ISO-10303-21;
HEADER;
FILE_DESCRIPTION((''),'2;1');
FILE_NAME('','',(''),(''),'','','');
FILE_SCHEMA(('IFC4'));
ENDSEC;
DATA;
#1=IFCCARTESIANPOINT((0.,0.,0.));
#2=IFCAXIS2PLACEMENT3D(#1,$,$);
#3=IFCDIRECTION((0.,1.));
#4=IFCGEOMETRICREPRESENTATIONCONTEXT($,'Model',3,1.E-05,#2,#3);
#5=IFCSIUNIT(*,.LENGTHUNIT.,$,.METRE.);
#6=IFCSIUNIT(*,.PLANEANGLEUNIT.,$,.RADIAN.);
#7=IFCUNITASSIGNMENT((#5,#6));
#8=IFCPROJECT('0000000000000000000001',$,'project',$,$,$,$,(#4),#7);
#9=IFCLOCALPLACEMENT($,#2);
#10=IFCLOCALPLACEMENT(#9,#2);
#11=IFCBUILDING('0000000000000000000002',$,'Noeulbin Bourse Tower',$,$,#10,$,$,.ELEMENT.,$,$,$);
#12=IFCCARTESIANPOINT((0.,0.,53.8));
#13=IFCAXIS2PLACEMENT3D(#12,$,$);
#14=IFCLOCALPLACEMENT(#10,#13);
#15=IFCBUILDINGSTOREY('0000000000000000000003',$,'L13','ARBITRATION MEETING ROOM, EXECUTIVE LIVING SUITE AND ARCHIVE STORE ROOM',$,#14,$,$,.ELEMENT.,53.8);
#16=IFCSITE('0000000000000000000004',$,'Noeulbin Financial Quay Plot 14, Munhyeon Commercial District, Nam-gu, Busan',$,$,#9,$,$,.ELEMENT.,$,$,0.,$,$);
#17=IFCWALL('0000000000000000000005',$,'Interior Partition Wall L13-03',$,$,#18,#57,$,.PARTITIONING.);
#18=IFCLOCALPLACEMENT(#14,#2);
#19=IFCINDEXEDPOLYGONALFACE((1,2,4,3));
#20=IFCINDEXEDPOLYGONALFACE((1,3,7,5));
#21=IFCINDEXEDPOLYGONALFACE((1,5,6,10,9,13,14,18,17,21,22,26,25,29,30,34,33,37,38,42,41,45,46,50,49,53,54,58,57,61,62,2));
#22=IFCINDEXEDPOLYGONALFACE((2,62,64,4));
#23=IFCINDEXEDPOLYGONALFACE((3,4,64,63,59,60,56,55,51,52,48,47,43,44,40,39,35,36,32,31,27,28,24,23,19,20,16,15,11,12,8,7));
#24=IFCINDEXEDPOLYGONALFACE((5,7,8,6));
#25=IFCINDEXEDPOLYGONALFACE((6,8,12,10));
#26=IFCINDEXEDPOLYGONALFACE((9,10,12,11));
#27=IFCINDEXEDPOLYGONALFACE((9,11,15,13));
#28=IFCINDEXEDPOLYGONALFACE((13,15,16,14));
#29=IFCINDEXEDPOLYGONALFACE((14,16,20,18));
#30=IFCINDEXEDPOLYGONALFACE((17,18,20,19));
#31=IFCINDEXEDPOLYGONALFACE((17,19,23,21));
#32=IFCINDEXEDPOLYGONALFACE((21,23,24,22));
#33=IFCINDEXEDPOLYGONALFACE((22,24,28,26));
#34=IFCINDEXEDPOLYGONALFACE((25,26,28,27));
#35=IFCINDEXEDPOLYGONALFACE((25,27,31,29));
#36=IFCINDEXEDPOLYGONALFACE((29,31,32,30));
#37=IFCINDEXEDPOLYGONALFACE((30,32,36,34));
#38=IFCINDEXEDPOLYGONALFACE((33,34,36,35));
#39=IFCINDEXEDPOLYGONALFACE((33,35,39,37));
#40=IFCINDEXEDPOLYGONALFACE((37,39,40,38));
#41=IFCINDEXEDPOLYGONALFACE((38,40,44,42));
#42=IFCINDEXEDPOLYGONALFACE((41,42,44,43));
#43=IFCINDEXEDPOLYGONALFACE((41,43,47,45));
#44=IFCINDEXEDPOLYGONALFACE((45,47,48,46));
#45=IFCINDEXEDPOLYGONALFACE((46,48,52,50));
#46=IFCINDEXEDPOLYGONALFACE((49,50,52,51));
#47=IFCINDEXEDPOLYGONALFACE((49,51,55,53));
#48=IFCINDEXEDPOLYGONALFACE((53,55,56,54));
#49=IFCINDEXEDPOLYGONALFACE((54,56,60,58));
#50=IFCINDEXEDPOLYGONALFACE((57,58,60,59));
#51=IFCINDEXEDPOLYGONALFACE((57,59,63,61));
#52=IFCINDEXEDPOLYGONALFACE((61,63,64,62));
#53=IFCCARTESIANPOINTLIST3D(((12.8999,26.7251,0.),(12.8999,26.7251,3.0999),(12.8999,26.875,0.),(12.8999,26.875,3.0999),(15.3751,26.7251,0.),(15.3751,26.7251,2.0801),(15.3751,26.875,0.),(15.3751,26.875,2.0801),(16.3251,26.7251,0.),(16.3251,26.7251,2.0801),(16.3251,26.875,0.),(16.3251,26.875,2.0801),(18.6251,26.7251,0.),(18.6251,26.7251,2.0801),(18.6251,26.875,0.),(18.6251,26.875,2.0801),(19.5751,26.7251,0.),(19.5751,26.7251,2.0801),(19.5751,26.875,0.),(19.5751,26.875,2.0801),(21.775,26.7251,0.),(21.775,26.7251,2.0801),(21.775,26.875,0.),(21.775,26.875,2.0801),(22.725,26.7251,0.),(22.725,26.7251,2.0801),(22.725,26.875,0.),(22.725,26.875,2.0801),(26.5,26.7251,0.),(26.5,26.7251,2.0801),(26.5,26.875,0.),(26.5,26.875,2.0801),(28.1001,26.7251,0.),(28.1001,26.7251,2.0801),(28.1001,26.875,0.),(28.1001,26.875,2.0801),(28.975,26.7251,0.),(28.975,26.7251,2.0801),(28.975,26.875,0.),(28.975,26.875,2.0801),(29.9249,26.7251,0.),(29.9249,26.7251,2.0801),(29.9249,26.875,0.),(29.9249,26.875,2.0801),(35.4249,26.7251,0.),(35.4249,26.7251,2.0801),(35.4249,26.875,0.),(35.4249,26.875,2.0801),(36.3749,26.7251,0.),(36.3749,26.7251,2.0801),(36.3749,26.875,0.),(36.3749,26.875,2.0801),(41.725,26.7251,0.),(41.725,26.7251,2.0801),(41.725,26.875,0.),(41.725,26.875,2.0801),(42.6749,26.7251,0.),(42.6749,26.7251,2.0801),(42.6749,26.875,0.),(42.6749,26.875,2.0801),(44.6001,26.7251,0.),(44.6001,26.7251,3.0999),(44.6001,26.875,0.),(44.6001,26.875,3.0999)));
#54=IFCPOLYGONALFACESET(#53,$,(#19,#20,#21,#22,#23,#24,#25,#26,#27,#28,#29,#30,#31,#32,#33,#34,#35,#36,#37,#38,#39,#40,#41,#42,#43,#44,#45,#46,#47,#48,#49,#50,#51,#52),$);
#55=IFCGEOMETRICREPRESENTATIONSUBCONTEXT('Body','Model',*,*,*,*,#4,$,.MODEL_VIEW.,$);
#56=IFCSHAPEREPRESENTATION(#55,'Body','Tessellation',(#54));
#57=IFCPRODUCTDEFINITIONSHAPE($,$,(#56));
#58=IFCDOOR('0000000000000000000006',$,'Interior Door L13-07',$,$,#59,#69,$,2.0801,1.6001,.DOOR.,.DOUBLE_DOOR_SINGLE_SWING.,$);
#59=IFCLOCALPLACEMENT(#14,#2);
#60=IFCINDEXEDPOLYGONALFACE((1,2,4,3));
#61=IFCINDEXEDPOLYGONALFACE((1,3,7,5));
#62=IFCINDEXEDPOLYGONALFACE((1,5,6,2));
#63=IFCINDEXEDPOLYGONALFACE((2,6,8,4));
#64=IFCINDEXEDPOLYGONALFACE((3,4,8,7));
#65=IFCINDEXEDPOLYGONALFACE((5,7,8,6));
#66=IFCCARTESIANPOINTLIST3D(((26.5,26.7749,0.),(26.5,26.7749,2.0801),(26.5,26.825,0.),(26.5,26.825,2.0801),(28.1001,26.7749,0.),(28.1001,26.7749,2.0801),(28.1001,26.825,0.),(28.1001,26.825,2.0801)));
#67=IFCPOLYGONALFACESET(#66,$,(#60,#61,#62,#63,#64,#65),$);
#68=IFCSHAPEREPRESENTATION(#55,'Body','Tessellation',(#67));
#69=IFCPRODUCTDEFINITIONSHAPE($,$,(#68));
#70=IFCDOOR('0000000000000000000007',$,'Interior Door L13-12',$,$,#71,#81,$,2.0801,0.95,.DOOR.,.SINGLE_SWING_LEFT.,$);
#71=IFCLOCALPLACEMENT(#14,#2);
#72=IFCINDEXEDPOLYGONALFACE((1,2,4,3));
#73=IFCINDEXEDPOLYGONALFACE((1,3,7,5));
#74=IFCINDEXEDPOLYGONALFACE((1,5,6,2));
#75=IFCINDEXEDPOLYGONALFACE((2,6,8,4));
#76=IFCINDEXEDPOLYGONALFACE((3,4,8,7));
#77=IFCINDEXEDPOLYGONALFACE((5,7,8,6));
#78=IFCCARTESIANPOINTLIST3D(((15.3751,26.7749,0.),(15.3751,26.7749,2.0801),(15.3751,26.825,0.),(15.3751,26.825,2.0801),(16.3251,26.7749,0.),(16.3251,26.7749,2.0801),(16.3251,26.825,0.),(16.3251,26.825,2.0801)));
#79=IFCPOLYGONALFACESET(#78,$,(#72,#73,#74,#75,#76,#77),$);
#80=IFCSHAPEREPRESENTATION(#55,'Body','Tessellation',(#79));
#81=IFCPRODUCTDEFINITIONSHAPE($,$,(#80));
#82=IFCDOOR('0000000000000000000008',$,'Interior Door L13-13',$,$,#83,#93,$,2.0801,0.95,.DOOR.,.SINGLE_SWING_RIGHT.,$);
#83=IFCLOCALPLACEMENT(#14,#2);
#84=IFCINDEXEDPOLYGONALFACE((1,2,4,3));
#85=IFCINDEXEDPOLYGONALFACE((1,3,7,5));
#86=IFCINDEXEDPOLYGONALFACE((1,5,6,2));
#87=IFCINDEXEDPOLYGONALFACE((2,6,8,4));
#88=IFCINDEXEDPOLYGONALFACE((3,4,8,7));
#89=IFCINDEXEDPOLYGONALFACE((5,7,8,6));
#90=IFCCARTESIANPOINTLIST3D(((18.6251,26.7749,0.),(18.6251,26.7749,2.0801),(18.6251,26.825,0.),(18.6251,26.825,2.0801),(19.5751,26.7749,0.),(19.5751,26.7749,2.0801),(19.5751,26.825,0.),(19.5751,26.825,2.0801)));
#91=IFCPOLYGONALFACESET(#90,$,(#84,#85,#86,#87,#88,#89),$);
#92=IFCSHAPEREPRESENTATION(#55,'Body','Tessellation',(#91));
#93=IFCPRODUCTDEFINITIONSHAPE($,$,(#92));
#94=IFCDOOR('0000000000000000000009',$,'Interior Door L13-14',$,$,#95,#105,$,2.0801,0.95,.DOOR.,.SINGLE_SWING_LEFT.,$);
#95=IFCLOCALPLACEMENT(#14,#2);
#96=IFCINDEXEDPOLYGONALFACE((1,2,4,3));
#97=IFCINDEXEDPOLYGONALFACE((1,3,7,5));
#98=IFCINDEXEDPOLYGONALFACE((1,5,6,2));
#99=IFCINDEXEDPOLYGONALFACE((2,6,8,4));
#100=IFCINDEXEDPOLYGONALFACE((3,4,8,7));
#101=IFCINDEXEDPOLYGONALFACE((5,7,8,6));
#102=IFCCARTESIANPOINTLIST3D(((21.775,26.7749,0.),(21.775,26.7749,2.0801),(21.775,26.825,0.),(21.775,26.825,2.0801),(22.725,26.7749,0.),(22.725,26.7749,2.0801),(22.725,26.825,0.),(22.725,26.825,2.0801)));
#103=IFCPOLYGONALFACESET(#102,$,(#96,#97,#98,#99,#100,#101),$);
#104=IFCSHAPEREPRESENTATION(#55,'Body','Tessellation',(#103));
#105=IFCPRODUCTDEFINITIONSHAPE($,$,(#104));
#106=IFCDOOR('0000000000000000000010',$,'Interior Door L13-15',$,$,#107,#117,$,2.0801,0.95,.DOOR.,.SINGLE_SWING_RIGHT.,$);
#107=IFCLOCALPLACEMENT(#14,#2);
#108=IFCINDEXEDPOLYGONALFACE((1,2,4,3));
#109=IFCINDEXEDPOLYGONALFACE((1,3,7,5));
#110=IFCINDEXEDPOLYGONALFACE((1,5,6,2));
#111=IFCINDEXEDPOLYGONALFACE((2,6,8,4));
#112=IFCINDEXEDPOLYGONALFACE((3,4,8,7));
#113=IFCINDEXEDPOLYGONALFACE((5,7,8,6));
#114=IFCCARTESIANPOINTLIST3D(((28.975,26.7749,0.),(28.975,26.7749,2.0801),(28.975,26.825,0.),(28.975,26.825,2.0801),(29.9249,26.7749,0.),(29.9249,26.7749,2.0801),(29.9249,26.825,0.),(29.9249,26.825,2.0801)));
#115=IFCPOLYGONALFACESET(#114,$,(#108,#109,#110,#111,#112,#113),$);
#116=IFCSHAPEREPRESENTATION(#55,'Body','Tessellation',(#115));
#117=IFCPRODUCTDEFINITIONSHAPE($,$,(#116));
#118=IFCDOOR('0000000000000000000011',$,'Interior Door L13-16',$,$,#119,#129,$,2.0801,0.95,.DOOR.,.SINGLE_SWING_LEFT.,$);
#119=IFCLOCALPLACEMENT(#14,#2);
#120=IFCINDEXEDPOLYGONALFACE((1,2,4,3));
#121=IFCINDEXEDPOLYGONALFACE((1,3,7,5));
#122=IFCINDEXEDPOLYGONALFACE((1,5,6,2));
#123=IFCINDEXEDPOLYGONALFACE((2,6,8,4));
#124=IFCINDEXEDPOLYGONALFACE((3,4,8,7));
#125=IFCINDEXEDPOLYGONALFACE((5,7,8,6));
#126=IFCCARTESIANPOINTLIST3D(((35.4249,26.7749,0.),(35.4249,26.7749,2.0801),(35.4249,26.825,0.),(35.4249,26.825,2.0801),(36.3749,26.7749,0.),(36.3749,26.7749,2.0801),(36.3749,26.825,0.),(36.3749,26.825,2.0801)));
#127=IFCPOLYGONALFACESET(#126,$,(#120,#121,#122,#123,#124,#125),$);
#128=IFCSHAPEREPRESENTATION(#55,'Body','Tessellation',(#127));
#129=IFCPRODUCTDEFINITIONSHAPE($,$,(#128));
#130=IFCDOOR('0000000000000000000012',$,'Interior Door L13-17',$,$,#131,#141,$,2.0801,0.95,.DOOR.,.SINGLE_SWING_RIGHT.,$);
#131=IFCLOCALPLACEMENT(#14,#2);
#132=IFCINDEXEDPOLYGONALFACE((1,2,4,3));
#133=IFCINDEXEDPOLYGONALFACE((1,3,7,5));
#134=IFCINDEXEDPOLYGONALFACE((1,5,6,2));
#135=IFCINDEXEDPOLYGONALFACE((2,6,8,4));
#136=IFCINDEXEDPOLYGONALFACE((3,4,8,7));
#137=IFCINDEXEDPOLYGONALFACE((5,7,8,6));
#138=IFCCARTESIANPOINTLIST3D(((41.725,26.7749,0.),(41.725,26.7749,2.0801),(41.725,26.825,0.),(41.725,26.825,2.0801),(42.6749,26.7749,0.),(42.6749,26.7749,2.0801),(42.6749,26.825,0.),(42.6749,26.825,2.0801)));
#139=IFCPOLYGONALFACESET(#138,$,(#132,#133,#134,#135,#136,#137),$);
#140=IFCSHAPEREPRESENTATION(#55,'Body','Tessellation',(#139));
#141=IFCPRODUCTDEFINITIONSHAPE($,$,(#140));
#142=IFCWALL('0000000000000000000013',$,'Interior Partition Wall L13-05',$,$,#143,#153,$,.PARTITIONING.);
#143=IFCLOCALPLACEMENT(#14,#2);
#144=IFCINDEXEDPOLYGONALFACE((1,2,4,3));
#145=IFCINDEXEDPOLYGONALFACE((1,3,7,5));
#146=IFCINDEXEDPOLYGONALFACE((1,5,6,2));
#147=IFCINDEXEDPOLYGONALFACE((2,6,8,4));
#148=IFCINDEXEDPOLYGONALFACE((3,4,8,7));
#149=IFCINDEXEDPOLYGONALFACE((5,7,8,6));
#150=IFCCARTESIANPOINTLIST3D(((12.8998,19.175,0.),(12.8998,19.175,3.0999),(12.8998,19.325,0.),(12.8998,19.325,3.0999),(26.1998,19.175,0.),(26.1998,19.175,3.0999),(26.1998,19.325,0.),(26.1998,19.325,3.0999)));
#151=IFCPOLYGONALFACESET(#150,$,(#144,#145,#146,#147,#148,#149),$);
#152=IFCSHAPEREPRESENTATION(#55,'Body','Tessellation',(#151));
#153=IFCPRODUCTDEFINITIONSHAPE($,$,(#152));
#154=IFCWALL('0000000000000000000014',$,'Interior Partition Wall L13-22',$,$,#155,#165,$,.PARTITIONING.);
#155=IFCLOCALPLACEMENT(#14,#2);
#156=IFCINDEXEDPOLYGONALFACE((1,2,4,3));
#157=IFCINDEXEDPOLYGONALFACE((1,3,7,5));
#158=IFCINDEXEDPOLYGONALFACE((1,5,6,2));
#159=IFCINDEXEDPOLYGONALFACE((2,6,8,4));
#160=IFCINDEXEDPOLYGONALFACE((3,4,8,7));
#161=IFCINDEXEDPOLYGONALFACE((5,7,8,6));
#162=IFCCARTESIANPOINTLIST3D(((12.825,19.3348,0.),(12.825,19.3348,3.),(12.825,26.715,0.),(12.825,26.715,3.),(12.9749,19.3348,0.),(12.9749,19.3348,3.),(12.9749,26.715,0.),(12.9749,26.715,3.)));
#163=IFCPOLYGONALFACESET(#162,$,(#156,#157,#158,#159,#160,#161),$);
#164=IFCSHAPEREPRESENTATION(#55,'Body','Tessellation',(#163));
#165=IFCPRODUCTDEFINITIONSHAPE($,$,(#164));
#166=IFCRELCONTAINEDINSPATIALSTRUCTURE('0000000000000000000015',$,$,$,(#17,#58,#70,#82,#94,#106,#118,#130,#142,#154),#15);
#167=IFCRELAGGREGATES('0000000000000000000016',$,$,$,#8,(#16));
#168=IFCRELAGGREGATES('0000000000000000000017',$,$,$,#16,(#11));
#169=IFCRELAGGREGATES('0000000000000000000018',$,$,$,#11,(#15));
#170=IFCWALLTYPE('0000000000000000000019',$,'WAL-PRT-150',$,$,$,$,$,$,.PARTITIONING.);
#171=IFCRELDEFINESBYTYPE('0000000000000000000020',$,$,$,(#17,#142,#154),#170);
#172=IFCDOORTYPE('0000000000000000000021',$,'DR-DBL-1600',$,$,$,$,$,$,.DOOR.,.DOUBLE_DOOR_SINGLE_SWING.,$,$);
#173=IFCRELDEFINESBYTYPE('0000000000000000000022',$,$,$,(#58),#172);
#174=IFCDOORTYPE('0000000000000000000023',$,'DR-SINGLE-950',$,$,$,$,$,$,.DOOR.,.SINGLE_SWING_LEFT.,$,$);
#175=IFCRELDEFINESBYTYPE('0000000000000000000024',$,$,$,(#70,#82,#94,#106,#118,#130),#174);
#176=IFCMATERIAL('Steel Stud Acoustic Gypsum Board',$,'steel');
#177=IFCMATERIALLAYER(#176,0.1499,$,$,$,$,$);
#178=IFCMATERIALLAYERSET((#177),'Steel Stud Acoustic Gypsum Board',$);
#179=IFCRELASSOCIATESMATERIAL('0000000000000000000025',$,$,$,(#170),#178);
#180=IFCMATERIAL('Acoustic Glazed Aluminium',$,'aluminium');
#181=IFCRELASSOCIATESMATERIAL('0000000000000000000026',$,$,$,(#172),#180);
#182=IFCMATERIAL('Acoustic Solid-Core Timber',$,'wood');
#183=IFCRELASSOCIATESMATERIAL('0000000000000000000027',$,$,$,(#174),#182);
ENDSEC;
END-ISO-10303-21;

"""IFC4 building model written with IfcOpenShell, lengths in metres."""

from ifc_helpers import new_model, si_unit, direction, frame, frame_2d, origin, place, context, subcontext, project, spatial, rectangle, extrude, material, layer, layer_set, type_object, element, fill, save


model = new_model("IFC4")

# Units and contexts
model_context = context("Model", 3, precision=1e-05, world=origin(), true_north=direction((0.0, 1.0)))
body_context = subcontext(model_context, "Body", "Model", "MODEL_VIEW")
ifc_project = project(units=[si_unit("LENGTHUNIT", "METRE"), si_unit("PLANEANGLEUNIT", "RADIAN")], contexts=[model_context])

# Site, building, storey
site_placement = place(None, origin())
site = spatial("IfcSite", under=ifc_project, at=site_placement, Name="Noeulbin Financial Quay Plot 14, Munhyeon Commercial District, Nam-gu, Busan", CompositionType="ELEMENT", RefElevation=0.0)
building_placement = place(site_placement, origin())
building = spatial("IfcBuilding", under=site, at=building_placement, Name="Noeulbin Bourse Tower", CompositionType="ELEMENT")
storey_placement = place(building_placement, frame((0.0, 0.0, 53.8)))
storey = spatial("IfcBuildingStorey", under=building, at=storey_placement, Name="L13", Description="ARBITRATION MEETING ROOM, EXECUTIVE LIVING SUITE AND ARCHIVE STORE ROOM", CompositionType="ELEMENT", Elevation=53.8)

# Wall, openings, doors
ifc_material_1 = material(Name="Steel Stud Acoustic Gypsum Board", Category="steel")
ifc_layer_1 = layer(ifc_material_1, 0.1499)
ifc_layer_set_1 = layer_set([ifc_layer_1], Name="Steel Stud Acoustic Gypsum Board")
wall_type = type_object("IfcWallType", Name="WAL-PRT-150", PredefinedType="PARTITIONING", material=ifc_layer_set_1)
wall_1_placement = place(storey_placement, frame((12.8999, 26.8, 0.0), z_axis=(0.0, 0.0, 1.0), x_axis=(1.0, 0.0, 0.0)))
wall_1 = element("IfcWall", 1, at=wall_1_placement, inside=storey, type_object=wall_type, Name="Interior Partition Wall L13-03", PredefinedType="PARTITIONING", context=body_context, shape_type="SweptSolid", body=[
    extrude(rectangle(XDim=31.7002, YDim=0.1499, at=frame_2d((15.8501, 0.0))), origin(), (0.0, 0.0, 1.0), 3.0999),
])
opening_1_placement = place(wall_1_placement, frame((13.6001, 0.0, 0.0)))
opening_1 = element("IfcOpeningElement", 2, at=opening_1_placement, cuts=wall_1, PredefinedType="OPENING", context=body_context, shape_type="SweptSolid", body=[
    extrude(rectangle(XDim=1.6001, YDim=2.0801, at=frame_2d((0.8, 1.04))), frame((0.0, 0.085, 0.0), z_axis=(0.0, -1.0, 0.0), x_axis=(1.0, 0.0, 0.0)), (0.0, 0.0, 1.0), 0.1699),
])
opening_2_placement = place(wall_1_placement, frame((2.4751, 0.0, 0.0)))
opening_2 = element("IfcOpeningElement", 3, at=opening_2_placement, cuts=wall_1, PredefinedType="OPENING", context=body_context, shape_type="SweptSolid", body=[
    extrude(rectangle(XDim=0.95, YDim=2.0801, at=frame_2d((0.4751, 1.04))), frame((0.0, 0.085, 0.0), z_axis=(0.0, -1.0, 0.0), x_axis=(1.0, 0.0, 0.0)), (0.0, 0.0, 1.0), 0.1699),
])
opening_3_placement = place(wall_1_placement, frame((5.7251, 0.0, 0.0)))
opening_3 = element("IfcOpeningElement", 4, at=opening_3_placement, cuts=wall_1, PredefinedType="OPENING", context=body_context, shape_type="SweptSolid", body=[
    extrude(rectangle(XDim=0.95, YDim=2.0801, at=frame_2d((0.4751, 1.04))), frame((0.0, 0.085, 0.0), z_axis=(0.0, -1.0, 0.0), x_axis=(1.0, 0.0, 0.0)), (0.0, 0.0, 1.0), 0.1699),
])
opening_4_placement = place(wall_1_placement, frame((8.875, 0.0, 0.0)))
opening_4 = element("IfcOpeningElement", 5, at=opening_4_placement, cuts=wall_1, PredefinedType="OPENING", context=body_context, shape_type="SweptSolid", body=[
    extrude(rectangle(XDim=0.95, YDim=2.0801, at=frame_2d((0.4751, 1.04))), frame((0.0, 0.085, 0.0), z_axis=(0.0, -1.0, 0.0), x_axis=(1.0, 0.0, 0.0)), (0.0, 0.0, 1.0), 0.1699),
])
opening_5_placement = place(wall_1_placement, frame((16.075, 0.0, 0.0)))
opening_5 = element("IfcOpeningElement", 6, at=opening_5_placement, cuts=wall_1, PredefinedType="OPENING", context=body_context, shape_type="SweptSolid", body=[
    extrude(rectangle(XDim=0.95, YDim=2.0801, at=frame_2d((0.4751, 1.04))), frame((0.0, 0.085, 0.0), z_axis=(0.0, -1.0, 0.0), x_axis=(1.0, 0.0, 0.0)), (0.0, 0.0, 1.0), 0.1699),
])
opening_6_placement = place(wall_1_placement, frame((22.5249, 0.0, 0.0)))
opening_6 = element("IfcOpeningElement", 7, at=opening_6_placement, cuts=wall_1, PredefinedType="OPENING", context=body_context, shape_type="SweptSolid", body=[
    extrude(rectangle(XDim=0.95, YDim=2.0801, at=frame_2d((0.4751, 1.04))), frame((0.0, 0.085, 0.0), z_axis=(0.0, -1.0, 0.0), x_axis=(1.0, 0.0, 0.0)), (0.0, 0.0, 1.0), 0.1699),
])
opening_7_placement = place(wall_1_placement, frame((28.825, 0.0, 0.0)))
opening_7 = element("IfcOpeningElement", 8, at=opening_7_placement, cuts=wall_1, PredefinedType="OPENING", context=body_context, shape_type="SweptSolid", body=[
    extrude(rectangle(XDim=0.95, YDim=2.0801, at=frame_2d((0.4751, 1.04))), frame((0.0, 0.085, 0.0), z_axis=(0.0, -1.0, 0.0), x_axis=(1.0, 0.0, 0.0)), (0.0, 0.0, 1.0), 0.1699),
])
ifc_material_2 = material(Name="Acoustic Glazed Aluminium", Category="aluminium")
door_type_1 = type_object("IfcDoorType", Name="DR-DBL-1600", OperationType="DOUBLE_DOOR_SINGLE_SWING", PredefinedType="DOOR", material=ifc_material_2)
door_1_placement = place(opening_1_placement, origin())
door_1 = element("IfcDoor", 9, at=door_1_placement, inside=storey, type_object=door_type_1, Name="Interior Door L13-07", OperationType="DOUBLE_DOOR_SINGLE_SWING", OverallHeight=2.0801, OverallWidth=1.6001, PredefinedType="DOOR", context=body_context, shape_type="SweptSolid", body=[
    extrude(rectangle(XDim=1.6001, YDim=2.0801, at=frame_2d((0.8, 1.04))), frame((0.0, 0.0249, 0.0), z_axis=(0.0, -1.0, 0.0), x_axis=(1.0, 0.0, 0.0)), (0.0, 0.0, 1.0), 0.05),
])
fill(opening_1, door_1)
ifc_material_3 = material(Name="Acoustic Solid-Core Timber", Category="wood")
door_type_2 = type_object("IfcDoorType", Name="DR-SINGLE-950", OperationType="SINGLE_SWING_LEFT", PredefinedType="DOOR", material=ifc_material_3)
door_2_placement = place(opening_2_placement, origin())
door_2 = element("IfcDoor", 10, at=door_2_placement, inside=storey, type_object=door_type_2, Name="Interior Door L13-12", OperationType="SINGLE_SWING_LEFT", OverallHeight=2.0801, OverallWidth=0.95, PredefinedType="DOOR", context=body_context, shape_type="SweptSolid", body=[
    extrude(rectangle(XDim=0.95, YDim=2.0801, at=frame_2d((0.4751, 1.04))), frame((0.0, 0.0249, 0.0), z_axis=(0.0, -1.0, 0.0), x_axis=(1.0, 0.0, 0.0)), (0.0, 0.0, 1.0), 0.05),
])
fill(opening_2, door_2)
door_3_placement = place(opening_3_placement, origin())
door_3 = element("IfcDoor", 11, at=door_3_placement, inside=storey, type_object=door_type_2, Name="Interior Door L13-13", OperationType="SINGLE_SWING_RIGHT", OverallHeight=2.0801, OverallWidth=0.95, PredefinedType="DOOR", context=body_context, shape_type="SweptSolid", body=[
    extrude(rectangle(XDim=0.95, YDim=2.0801, at=frame_2d((0.4751, 1.04))), frame((0.0, 0.0249, 0.0), z_axis=(0.0, -1.0, 0.0), x_axis=(1.0, 0.0, 0.0)), (0.0, 0.0, 1.0), 0.05),
])
fill(opening_3, door_3)
door_4_placement = place(opening_4_placement, origin())
door_4 = element("IfcDoor", 12, at=door_4_placement, inside=storey, type_object=door_type_2, Name="Interior Door L13-14", OperationType="SINGLE_SWING_LEFT", OverallHeight=2.0801, OverallWidth=0.95, PredefinedType="DOOR", context=body_context, shape_type="SweptSolid", body=[
    extrude(rectangle(XDim=0.95, YDim=2.0801, at=frame_2d((0.4751, 1.04))), frame((0.0, 0.0249, 0.0), z_axis=(0.0, -1.0, 0.0), x_axis=(1.0, 0.0, 0.0)), (0.0, 0.0, 1.0), 0.05),
])
fill(opening_4, door_4)
door_5_placement = place(opening_5_placement, origin())
door_5 = element("IfcDoor", 13, at=door_5_placement, inside=storey, type_object=door_type_2, Name="Interior Door L13-15", OperationType="SINGLE_SWING_RIGHT", OverallHeight=2.0801, OverallWidth=0.95, PredefinedType="DOOR", context=body_context, shape_type="SweptSolid", body=[
    extrude(rectangle(XDim=0.95, YDim=2.0801, at=frame_2d((0.4751, 1.04))), frame((0.0, 0.0249, 0.0), z_axis=(0.0, -1.0, 0.0), x_axis=(1.0, 0.0, 0.0)), (0.0, 0.0, 1.0), 0.05),
])
fill(opening_5, door_5)
door_6_placement = place(opening_6_placement, origin())
door_6 = element("IfcDoor", 14, at=door_6_placement, inside=storey, type_object=door_type_2, Name="Interior Door L13-16", OperationType="SINGLE_SWING_LEFT", OverallHeight=2.0801, OverallWidth=0.95, PredefinedType="DOOR", context=body_context, shape_type="SweptSolid", body=[
    extrude(rectangle(XDim=0.95, YDim=2.0801, at=frame_2d((0.4751, 1.04))), frame((0.0, 0.0249, 0.0), z_axis=(0.0, -1.0, 0.0), x_axis=(1.0, 0.0, 0.0)), (0.0, 0.0, 1.0), 0.05),
])
fill(opening_6, door_6)
door_7_placement = place(opening_7_placement, origin())
door_7 = element("IfcDoor", 15, at=door_7_placement, inside=storey, type_object=door_type_2, Name="Interior Door L13-17", OperationType="SINGLE_SWING_RIGHT", OverallHeight=2.0801, OverallWidth=0.95, PredefinedType="DOOR", context=body_context, shape_type="SweptSolid", body=[
    extrude(rectangle(XDim=0.95, YDim=2.0801, at=frame_2d((0.4751, 1.04))), frame((0.0, 0.0249, 0.0), z_axis=(0.0, -1.0, 0.0), x_axis=(1.0, 0.0, 0.0)), (0.0, 0.0, 1.0), 0.05),
])
fill(opening_7, door_7)

# Walls
wall_2_placement = place(storey_placement, frame((12.8999, 19.25, 0.0), z_axis=(0.0, 0.0, 1.0), x_axis=(1.0, 0.0, 0.0)))
element("IfcWall", 16, at=wall_2_placement, inside=storey, type_object=wall_type, Name="Interior Partition Wall L13-05", PredefinedType="PARTITIONING", context=body_context, shape_type="SweptSolid", body=[
    extrude(rectangle(XDim=13.3, YDim=0.1499, at=frame_2d((6.6499, 0.0))), origin(), (0.0, 0.0, 1.0), 3.0999),
])
wall_3_placement = place(storey_placement, frame((12.8999, 19.335, 0.0), z_axis=(0.0, 0.0, 1.0), x_axis=(0.0, 1.0, 0.0)))
element("IfcWall", 17, at=wall_3_placement, inside=storey, type_object=wall_type, Name="Interior Partition Wall L13-22", PredefinedType="PARTITIONING", context=body_context, shape_type="SweptSolid", body=[
    extrude(rectangle(XDim=7.3801, YDim=0.1499, at=frame_2d((3.6899, 0.0))), origin(), (0.0, 0.0, 1.0), 3.0),
])

save(model, "model.ifc")
